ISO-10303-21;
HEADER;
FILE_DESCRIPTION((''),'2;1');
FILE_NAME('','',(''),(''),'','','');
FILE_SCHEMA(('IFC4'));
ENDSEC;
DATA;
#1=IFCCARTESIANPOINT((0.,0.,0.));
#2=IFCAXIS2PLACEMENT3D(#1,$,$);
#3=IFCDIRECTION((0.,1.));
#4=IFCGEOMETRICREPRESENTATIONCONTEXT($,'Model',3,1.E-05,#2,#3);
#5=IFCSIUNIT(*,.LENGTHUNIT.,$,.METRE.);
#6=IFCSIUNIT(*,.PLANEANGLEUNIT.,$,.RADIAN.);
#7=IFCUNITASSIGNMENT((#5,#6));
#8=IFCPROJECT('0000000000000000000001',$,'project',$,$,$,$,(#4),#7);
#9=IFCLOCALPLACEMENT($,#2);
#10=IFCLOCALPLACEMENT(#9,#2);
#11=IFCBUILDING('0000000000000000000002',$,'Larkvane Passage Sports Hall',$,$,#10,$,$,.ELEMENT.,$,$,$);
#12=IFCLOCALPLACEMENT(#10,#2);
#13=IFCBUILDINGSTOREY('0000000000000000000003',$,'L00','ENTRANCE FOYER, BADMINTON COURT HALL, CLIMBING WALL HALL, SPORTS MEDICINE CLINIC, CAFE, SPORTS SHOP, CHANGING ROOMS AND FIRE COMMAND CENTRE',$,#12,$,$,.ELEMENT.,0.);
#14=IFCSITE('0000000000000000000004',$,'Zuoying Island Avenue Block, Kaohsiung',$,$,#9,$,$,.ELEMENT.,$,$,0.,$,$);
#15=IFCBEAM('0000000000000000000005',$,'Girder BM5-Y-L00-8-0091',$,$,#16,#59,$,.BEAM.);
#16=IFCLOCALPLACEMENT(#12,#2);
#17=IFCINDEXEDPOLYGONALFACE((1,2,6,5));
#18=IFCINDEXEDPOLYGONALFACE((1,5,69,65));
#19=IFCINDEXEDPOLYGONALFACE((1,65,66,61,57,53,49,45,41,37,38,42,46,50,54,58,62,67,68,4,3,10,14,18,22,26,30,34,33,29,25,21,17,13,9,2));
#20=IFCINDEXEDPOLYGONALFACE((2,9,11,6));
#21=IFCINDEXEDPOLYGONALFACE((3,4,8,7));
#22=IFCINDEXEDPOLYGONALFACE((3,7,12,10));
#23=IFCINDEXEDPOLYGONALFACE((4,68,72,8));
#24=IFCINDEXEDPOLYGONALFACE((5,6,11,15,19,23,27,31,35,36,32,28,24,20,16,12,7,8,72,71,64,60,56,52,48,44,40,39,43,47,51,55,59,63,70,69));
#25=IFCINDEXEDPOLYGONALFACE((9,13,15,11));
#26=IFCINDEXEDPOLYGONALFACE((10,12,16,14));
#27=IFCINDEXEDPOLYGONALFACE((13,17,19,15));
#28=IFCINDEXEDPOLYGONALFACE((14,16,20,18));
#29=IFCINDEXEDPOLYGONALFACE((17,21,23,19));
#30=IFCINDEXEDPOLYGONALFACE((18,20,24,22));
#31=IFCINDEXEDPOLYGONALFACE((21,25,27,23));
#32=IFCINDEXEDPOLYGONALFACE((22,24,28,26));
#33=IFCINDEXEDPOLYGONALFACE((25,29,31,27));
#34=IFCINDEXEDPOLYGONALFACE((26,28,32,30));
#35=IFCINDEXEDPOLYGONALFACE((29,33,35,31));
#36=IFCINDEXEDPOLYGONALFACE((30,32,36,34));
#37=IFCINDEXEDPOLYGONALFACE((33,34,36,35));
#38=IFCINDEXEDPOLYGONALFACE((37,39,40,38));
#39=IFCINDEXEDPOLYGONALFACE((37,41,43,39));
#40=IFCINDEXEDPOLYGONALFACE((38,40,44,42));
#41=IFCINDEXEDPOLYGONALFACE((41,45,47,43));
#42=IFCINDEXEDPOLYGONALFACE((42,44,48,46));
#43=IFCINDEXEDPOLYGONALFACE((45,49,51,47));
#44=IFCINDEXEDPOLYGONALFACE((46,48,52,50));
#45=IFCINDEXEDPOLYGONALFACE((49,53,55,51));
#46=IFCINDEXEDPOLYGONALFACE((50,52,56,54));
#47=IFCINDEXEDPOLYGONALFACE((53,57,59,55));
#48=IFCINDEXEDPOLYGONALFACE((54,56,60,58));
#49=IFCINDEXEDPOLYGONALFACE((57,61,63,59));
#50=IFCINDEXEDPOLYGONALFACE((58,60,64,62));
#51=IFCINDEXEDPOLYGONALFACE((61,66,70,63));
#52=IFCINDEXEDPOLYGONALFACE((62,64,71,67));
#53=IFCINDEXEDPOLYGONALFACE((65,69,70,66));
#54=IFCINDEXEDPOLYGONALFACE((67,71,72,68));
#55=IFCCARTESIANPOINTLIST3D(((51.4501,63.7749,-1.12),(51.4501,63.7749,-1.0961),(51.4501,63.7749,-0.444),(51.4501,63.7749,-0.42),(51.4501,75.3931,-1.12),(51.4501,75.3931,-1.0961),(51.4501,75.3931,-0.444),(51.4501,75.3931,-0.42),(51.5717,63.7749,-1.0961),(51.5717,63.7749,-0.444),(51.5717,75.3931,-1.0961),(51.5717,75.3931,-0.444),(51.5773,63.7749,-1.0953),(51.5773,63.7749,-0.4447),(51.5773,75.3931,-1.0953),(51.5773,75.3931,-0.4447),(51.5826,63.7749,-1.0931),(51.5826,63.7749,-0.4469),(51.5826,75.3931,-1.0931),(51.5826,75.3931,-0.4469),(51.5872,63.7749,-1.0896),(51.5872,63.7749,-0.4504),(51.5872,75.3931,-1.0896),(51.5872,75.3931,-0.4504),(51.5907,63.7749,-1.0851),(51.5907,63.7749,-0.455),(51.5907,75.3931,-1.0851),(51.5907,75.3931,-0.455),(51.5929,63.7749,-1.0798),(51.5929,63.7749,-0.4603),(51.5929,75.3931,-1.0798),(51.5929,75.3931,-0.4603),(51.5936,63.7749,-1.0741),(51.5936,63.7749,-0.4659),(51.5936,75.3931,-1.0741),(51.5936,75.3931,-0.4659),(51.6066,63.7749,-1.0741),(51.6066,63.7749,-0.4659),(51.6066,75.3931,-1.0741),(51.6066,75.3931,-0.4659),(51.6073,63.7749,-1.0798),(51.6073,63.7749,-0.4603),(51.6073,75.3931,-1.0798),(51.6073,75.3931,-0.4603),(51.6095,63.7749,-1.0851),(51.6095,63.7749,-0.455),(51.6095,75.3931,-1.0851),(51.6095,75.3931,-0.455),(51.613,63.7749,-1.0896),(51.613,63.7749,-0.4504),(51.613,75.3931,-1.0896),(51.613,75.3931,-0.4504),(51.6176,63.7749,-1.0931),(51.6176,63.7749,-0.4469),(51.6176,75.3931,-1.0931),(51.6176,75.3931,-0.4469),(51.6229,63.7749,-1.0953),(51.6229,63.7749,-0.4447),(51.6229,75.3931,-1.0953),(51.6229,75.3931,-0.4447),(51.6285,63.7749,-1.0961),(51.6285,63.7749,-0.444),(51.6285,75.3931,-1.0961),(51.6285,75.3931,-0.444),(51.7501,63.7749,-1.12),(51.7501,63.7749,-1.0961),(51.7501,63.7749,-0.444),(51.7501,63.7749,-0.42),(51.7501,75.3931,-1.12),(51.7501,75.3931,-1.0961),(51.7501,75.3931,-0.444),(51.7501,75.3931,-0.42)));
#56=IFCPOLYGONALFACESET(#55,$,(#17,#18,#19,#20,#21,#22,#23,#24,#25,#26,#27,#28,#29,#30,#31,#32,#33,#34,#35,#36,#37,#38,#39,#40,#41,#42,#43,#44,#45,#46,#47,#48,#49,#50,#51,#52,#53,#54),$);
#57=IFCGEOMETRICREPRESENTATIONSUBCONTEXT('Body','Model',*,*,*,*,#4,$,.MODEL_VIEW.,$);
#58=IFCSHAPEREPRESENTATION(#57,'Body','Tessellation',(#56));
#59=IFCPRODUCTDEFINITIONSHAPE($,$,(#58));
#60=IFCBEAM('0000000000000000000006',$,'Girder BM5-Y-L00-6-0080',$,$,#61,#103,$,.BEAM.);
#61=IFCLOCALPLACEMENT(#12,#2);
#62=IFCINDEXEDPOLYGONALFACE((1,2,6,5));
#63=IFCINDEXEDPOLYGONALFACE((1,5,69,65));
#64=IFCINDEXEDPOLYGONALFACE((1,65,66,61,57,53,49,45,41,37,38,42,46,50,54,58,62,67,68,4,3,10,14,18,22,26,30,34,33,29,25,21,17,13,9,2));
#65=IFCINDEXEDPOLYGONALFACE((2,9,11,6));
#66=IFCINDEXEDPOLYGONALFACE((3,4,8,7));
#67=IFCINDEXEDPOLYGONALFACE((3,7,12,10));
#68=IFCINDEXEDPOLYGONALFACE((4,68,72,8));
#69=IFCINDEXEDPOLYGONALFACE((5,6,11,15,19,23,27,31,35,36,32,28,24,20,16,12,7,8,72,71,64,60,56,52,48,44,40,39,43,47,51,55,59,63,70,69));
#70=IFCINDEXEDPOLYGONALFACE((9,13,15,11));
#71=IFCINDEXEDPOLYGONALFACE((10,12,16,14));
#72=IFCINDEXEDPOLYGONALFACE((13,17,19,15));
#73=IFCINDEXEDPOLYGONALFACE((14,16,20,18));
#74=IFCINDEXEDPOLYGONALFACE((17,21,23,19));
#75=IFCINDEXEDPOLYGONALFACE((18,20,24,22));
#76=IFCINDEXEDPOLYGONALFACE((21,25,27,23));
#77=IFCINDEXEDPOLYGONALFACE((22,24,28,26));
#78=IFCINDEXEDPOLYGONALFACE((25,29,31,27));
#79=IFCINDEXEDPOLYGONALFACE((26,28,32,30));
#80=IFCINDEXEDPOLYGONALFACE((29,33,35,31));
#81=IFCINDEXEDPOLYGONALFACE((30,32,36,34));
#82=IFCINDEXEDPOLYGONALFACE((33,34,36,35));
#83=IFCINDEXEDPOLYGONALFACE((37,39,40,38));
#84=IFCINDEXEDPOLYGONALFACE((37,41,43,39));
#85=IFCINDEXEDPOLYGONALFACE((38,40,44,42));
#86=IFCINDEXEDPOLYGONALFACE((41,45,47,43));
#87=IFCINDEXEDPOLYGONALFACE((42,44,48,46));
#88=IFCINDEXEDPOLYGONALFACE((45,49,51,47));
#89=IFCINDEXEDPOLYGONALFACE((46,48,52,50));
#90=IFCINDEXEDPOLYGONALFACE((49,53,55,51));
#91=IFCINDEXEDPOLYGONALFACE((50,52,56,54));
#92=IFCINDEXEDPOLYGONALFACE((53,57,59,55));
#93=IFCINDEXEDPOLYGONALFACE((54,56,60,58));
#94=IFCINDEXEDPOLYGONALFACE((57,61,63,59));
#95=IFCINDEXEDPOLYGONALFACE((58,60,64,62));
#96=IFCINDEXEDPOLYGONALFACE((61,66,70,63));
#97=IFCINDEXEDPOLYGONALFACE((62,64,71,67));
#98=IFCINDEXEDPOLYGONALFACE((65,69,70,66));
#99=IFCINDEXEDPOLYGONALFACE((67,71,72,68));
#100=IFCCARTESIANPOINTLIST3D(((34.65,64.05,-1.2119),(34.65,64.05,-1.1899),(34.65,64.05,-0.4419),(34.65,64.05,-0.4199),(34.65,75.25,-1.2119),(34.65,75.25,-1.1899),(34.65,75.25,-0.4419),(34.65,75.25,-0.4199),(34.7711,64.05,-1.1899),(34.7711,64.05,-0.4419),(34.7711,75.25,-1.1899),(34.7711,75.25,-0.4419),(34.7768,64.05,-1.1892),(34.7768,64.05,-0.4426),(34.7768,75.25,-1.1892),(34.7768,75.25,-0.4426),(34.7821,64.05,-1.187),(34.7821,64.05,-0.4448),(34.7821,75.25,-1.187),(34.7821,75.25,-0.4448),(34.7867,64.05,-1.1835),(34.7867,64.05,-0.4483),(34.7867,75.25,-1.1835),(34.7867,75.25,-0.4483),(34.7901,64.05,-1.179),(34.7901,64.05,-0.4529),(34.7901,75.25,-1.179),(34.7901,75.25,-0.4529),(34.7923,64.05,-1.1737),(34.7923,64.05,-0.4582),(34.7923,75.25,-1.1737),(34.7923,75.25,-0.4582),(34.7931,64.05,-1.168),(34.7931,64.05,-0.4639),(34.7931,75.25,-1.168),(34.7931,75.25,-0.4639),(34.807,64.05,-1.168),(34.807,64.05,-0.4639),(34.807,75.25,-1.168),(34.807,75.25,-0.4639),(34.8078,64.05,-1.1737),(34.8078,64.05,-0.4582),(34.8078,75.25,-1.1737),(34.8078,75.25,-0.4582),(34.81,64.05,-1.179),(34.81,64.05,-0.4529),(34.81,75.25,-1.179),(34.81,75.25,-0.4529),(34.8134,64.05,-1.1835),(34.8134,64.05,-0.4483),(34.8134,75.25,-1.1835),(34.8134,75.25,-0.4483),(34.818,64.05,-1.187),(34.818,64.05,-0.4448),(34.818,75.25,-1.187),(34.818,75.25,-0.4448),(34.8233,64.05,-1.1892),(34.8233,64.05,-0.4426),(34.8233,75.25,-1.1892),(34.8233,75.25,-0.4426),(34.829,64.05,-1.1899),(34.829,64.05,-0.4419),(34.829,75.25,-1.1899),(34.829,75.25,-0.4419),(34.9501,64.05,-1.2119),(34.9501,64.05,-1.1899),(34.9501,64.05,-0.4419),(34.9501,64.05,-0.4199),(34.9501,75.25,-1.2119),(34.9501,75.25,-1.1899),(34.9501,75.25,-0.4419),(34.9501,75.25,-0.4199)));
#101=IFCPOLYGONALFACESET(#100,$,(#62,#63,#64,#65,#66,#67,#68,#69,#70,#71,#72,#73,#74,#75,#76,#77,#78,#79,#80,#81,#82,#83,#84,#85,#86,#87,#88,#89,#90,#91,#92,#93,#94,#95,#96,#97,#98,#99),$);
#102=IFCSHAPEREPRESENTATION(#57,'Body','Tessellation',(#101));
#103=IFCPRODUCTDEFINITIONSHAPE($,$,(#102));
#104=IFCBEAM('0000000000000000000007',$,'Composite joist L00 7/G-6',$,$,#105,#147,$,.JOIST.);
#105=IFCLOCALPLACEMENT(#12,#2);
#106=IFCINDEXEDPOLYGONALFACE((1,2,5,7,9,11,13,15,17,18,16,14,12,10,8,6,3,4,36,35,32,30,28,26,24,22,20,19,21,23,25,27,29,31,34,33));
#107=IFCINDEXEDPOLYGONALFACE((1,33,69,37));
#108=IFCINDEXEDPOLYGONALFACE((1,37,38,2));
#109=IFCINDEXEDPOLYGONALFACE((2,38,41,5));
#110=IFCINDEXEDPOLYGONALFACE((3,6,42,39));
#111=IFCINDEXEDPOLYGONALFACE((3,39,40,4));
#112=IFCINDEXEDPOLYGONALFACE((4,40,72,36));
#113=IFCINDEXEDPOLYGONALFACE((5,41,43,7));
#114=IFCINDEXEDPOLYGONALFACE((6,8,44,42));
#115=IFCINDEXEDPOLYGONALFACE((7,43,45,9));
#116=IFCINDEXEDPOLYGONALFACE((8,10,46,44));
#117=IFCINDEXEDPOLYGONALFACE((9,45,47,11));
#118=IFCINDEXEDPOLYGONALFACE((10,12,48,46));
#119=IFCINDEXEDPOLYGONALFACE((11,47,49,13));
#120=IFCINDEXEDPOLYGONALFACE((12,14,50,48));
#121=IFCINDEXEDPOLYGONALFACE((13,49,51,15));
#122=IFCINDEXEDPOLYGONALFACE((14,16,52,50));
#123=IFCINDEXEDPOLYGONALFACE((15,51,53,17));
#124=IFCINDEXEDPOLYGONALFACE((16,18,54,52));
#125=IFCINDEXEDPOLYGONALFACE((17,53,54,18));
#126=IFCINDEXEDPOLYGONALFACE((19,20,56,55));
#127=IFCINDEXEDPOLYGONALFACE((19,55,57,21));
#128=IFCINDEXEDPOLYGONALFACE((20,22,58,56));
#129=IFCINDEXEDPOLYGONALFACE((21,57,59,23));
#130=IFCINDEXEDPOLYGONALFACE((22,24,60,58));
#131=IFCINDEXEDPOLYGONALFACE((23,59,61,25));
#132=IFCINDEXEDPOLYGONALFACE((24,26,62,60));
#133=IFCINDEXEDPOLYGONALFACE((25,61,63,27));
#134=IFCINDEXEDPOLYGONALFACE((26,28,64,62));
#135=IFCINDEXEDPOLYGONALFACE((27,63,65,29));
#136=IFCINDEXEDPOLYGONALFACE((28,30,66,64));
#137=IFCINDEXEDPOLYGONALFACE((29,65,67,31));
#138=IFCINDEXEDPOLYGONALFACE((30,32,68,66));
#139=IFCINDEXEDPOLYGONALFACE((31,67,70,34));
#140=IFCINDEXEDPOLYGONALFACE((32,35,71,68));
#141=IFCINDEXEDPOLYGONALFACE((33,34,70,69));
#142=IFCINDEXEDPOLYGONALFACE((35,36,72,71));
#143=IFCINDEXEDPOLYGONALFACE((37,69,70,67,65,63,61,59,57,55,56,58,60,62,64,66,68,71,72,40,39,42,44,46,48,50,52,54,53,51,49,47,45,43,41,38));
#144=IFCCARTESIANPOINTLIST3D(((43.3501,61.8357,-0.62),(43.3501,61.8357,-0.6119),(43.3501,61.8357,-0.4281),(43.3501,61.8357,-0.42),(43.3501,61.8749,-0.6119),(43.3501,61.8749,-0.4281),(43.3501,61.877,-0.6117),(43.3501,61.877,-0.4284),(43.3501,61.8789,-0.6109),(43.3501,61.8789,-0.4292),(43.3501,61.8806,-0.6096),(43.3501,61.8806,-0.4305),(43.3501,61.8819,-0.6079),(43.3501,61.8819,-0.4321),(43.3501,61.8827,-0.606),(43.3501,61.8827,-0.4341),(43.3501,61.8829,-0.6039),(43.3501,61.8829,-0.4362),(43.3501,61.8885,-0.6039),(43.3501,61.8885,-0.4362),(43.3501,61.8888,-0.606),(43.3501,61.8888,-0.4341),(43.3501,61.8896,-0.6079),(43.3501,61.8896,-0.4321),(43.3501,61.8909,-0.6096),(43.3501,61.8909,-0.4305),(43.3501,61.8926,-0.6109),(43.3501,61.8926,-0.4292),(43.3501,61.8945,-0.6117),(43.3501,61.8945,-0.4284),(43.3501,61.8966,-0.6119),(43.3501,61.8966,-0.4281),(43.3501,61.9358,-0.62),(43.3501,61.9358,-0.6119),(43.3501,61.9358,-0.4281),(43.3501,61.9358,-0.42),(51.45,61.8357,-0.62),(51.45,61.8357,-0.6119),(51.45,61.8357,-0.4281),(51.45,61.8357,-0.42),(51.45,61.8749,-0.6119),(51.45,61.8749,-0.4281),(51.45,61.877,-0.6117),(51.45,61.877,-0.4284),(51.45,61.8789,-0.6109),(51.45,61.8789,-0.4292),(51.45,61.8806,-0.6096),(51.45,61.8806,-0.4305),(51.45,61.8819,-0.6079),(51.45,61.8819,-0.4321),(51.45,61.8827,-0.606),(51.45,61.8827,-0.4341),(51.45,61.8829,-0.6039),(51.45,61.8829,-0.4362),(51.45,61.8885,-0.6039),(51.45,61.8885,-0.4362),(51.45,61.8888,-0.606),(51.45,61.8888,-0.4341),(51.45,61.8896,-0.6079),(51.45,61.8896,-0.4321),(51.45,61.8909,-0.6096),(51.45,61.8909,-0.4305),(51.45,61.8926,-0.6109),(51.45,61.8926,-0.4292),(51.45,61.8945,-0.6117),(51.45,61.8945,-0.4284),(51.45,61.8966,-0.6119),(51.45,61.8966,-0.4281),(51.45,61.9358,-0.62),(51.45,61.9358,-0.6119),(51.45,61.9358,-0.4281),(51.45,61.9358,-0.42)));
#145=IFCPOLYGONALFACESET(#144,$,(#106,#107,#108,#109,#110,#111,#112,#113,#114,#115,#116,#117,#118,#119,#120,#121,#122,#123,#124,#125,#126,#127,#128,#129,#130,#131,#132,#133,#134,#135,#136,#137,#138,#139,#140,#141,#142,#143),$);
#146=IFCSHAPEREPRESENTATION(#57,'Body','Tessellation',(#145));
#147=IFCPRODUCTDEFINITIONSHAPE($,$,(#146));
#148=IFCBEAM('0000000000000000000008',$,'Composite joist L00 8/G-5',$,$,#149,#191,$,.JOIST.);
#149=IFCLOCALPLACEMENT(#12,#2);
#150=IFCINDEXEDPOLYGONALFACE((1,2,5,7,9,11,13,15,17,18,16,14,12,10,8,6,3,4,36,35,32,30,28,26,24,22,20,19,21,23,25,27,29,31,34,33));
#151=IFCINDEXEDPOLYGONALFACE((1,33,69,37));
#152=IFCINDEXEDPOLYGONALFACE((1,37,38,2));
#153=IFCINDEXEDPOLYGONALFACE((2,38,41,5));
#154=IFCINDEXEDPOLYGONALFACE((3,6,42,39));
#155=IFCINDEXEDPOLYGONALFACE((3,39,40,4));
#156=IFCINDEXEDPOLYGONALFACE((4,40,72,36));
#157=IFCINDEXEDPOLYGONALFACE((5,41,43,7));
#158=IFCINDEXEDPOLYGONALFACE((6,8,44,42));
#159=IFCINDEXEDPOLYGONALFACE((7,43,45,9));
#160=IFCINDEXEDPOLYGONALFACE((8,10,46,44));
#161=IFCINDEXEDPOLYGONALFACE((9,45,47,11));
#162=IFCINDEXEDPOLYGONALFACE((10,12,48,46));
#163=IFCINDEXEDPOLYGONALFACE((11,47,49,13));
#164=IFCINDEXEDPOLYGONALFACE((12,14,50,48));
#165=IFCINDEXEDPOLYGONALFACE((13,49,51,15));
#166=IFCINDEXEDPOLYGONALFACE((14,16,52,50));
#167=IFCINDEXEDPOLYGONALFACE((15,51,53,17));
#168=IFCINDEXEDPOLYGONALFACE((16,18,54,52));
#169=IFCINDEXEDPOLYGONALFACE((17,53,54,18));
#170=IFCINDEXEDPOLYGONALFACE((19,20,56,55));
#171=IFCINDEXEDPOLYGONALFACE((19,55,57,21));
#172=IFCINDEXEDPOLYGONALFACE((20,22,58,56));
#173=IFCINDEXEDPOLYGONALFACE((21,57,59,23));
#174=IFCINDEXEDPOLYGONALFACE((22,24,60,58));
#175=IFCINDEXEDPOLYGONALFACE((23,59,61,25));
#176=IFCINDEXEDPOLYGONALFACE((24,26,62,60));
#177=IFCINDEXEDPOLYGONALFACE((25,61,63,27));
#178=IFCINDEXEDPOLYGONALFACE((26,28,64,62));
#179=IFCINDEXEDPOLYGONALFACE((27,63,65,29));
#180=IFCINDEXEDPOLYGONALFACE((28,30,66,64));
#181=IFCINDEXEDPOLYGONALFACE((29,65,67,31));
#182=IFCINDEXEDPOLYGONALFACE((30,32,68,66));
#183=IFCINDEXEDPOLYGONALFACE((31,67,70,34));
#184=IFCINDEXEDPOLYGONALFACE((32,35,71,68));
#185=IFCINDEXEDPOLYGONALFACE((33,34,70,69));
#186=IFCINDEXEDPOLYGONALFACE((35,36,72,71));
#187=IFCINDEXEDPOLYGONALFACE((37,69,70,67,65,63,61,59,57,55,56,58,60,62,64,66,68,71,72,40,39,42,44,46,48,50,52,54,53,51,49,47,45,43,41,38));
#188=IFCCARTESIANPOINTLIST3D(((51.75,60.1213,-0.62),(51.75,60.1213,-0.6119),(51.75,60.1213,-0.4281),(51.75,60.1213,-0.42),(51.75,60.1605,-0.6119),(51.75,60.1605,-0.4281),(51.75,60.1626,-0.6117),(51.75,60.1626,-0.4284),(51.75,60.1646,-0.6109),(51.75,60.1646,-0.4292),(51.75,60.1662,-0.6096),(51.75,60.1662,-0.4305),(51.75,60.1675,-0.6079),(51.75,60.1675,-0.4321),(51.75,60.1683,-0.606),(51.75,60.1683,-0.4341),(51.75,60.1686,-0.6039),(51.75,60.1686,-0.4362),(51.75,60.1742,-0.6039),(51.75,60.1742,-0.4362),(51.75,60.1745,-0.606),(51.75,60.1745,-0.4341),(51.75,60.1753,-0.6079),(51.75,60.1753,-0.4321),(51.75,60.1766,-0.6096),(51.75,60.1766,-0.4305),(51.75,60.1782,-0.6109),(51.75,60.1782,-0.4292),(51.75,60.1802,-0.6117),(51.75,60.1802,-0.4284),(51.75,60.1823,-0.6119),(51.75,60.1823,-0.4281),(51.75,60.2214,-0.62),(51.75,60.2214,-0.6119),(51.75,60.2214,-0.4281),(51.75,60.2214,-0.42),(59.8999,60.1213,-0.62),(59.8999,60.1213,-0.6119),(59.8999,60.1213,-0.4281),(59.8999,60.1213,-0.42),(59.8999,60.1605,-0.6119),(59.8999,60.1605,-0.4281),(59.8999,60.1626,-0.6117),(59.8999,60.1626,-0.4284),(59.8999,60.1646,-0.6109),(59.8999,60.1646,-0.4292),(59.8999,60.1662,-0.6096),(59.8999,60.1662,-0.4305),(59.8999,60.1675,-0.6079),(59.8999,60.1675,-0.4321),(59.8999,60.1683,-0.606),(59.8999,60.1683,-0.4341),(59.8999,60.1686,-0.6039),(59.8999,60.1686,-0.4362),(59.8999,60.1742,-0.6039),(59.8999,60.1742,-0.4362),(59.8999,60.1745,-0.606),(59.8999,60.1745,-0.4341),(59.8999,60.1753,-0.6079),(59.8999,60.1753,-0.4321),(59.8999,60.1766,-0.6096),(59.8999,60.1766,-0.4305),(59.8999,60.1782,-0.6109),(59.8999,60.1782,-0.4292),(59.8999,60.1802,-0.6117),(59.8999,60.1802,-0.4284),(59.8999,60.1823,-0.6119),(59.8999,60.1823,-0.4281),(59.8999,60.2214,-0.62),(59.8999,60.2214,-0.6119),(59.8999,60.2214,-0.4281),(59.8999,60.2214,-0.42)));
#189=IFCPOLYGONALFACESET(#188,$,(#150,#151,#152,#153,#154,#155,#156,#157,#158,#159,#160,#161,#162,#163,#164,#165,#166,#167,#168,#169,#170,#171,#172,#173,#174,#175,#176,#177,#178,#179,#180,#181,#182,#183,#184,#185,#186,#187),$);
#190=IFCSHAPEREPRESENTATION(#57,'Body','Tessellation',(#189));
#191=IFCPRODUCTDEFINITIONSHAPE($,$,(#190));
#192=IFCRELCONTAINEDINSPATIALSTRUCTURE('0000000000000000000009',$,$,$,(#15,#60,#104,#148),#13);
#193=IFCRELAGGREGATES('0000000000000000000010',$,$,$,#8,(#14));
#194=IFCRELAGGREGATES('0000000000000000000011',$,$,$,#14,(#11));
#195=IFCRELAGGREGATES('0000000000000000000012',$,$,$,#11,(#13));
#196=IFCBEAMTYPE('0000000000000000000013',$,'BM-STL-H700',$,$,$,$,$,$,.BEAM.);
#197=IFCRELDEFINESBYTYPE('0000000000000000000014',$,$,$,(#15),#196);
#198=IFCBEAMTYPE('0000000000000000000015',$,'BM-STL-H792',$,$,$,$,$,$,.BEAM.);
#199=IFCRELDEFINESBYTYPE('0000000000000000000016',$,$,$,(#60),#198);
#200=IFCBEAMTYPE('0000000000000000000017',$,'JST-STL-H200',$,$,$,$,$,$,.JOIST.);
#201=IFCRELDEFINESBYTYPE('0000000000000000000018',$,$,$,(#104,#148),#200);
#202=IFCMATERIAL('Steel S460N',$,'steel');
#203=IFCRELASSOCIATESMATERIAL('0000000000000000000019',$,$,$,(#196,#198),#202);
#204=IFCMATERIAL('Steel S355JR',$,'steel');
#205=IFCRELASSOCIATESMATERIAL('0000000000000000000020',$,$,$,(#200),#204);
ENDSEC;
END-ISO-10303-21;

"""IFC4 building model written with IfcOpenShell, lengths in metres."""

from ifc_helpers import new_model, si_unit, direction, frame, origin, origin_2d, place, context, subcontext, project, spatial, i_section, extrude, material, material_profile, profile_set, type_object, element, save


model = new_model("IFC4")

# Units and contexts
model_context = context("Model", 3, precision=1e-05, world=origin(), true_north=direction((0.0, 1.0)))
body_context = subcontext(model_context, "Body", "Model", "MODEL_VIEW")
ifc_project = project(units=[si_unit("LENGTHUNIT", "METRE"), si_unit("PLANEANGLEUNIT", "RADIAN")], contexts=[model_context])

# Site, building, storey
site_placement = place(None, origin())
site = spatial("IfcSite", under=ifc_project, at=site_placement, Name="Zuoying Island Avenue Block, Kaohsiung", CompositionType="ELEMENT", RefElevation=0.0)
building_placement = place(site_placement, origin())
building = spatial("IfcBuilding", under=site, at=building_placement, Name="Larkvane Passage Sports Hall", CompositionType="ELEMENT")
storey_placement = place(building_placement, origin())
storey = spatial("IfcBuildingStorey", under=building, at=storey_placement, Name="L00", Description="ENTRANCE FOYER, BADMINTON COURT HALL, CLIMBING WALL HALL, SPORTS MEDICINE CLINIC, CAFE, SPORTS SHOP, CHANGING ROOMS AND FIRE COMMAND CENTRE", CompositionType="ELEMENT", Elevation=0.0)

# Shared definitions
ifc_material_1 = material(Name="Steel S460N", Category="steel")
ifc_material_2 = material(Name="Steel S355JR", Category="steel")

# Beams
ifc_material_profile_1 = material_profile(ifc_material_1, i_section(OverallWidth=0.3, OverallDepth=0.7, WebThickness=0.0129, FlangeThickness=0.0239, FilletRadius=0.022, at=origin_2d()), Name="H-700x300x13x24")
ifc_profile_set_1 = profile_set([ifc_material_profile_1], Name="Steel S460N")
beam_type_1 = type_object("IfcBeamType", Name="BM-STL-H700", PredefinedType="BEAM", material=ifc_profile_set_1)
beam_1_placement = place(storey_placement, frame((51.6001, 63.7749, -0.77), z_axis=(0.0, 1.0, 0.0), x_axis=(-1.0, 0.0, 0.0)))
element("IfcBeam", 1, at=beam_1_placement, inside=storey, type_object=beam_type_1, Name="Girder BM5-Y-L00-8-0091", PredefinedType="BEAM", context=body_context, shape_type="SweptSolid", body=[
    extrude(i_section(OverallWidth=0.3, OverallDepth=0.7, WebThickness=0.0129, FlangeThickness=0.0239, FilletRadius=0.022, at=origin_2d()), origin(), (0.0, 0.0, 1.0), 11.6182),
])
ifc_material_profile_2 = material_profile(ifc_material_1, i_section(OverallWidth=0.3, OverallDepth=0.792, WebThickness=0.0139, FlangeThickness=0.022, FilletRadius=0.022, at=origin_2d()), Name="H-792x300x14x22")
ifc_profile_set_2 = profile_set([ifc_material_profile_2], Name="Steel S460N")
beam_type_2 = type_object("IfcBeamType", Name="BM-STL-H792", PredefinedType="BEAM", material=ifc_profile_set_2)
beam_2_placement = place(storey_placement, frame((34.8, 64.05, -0.8159), z_axis=(0.0, 1.0, 0.0), x_axis=(-1.0, 0.0, 0.0)))
element("IfcBeam", 2, at=beam_2_placement, inside=storey, type_object=beam_type_2, Name="Girder BM5-Y-L00-6-0080", PredefinedType="BEAM", context=body_context, shape_type="SweptSolid", body=[
    extrude(i_section(OverallWidth=0.3, OverallDepth=0.792, WebThickness=0.0139, FlangeThickness=0.022, FilletRadius=0.022, at=origin_2d()), origin(), (0.0, 0.0, 1.0), 11.2),
])
ifc_material_profile_3 = material_profile(ifc_material_2, i_section(OverallWidth=0.1001, OverallDepth=0.2, WebThickness=0.0056, FlangeThickness=0.0081, FilletRadius=0.0081, at=origin_2d()), Name="H-200x100x5.5x8")
ifc_profile_set_3 = profile_set([ifc_material_profile_3], Name="Steel S355JR")
beam_type_3 = type_object("IfcBeamType", Name="JST-STL-H200", PredefinedType="JOIST", material=ifc_profile_set_3)
beam_3_placement = place(storey_placement, frame((43.3501, 61.8857, -0.52), z_axis=(1.0, 0.0, 0.0), x_axis=(0.0, 1.0, 0.0)))
element("IfcBeam", 3, at=beam_3_placement, inside=storey, type_object=beam_type_3, Name="Composite joist L00 7/G-6", PredefinedType="JOIST", context=body_context, shape_type="SweptSolid", body=[
    extrude(i_section(OverallWidth=0.1001, OverallDepth=0.2, WebThickness=0.0056, FlangeThickness=0.0081, FilletRadius=0.0081, at=origin_2d()), origin(), (0.0, 0.0, 1.0), 8.0999),
])
beam_4_placement = place(storey_placement, frame((51.75, 60.1714, -0.52), z_axis=(1.0, 0.0, 0.0), x_axis=(0.0, 1.0, 0.0)))
element("IfcBeam", 4, at=beam_4_placement, inside=storey, type_object=beam_type_3, Name="Composite joist L00 8/G-5", PredefinedType="JOIST", context=body_context, shape_type="SweptSolid", body=[
    extrude(i_section(OverallWidth=0.1001, OverallDepth=0.2, WebThickness=0.0056, FlangeThickness=0.0081, FilletRadius=0.0081, at=origin_2d()), origin(), (0.0, 0.0, 1.0), 8.1499),
])

save(model, "model.ifc")
